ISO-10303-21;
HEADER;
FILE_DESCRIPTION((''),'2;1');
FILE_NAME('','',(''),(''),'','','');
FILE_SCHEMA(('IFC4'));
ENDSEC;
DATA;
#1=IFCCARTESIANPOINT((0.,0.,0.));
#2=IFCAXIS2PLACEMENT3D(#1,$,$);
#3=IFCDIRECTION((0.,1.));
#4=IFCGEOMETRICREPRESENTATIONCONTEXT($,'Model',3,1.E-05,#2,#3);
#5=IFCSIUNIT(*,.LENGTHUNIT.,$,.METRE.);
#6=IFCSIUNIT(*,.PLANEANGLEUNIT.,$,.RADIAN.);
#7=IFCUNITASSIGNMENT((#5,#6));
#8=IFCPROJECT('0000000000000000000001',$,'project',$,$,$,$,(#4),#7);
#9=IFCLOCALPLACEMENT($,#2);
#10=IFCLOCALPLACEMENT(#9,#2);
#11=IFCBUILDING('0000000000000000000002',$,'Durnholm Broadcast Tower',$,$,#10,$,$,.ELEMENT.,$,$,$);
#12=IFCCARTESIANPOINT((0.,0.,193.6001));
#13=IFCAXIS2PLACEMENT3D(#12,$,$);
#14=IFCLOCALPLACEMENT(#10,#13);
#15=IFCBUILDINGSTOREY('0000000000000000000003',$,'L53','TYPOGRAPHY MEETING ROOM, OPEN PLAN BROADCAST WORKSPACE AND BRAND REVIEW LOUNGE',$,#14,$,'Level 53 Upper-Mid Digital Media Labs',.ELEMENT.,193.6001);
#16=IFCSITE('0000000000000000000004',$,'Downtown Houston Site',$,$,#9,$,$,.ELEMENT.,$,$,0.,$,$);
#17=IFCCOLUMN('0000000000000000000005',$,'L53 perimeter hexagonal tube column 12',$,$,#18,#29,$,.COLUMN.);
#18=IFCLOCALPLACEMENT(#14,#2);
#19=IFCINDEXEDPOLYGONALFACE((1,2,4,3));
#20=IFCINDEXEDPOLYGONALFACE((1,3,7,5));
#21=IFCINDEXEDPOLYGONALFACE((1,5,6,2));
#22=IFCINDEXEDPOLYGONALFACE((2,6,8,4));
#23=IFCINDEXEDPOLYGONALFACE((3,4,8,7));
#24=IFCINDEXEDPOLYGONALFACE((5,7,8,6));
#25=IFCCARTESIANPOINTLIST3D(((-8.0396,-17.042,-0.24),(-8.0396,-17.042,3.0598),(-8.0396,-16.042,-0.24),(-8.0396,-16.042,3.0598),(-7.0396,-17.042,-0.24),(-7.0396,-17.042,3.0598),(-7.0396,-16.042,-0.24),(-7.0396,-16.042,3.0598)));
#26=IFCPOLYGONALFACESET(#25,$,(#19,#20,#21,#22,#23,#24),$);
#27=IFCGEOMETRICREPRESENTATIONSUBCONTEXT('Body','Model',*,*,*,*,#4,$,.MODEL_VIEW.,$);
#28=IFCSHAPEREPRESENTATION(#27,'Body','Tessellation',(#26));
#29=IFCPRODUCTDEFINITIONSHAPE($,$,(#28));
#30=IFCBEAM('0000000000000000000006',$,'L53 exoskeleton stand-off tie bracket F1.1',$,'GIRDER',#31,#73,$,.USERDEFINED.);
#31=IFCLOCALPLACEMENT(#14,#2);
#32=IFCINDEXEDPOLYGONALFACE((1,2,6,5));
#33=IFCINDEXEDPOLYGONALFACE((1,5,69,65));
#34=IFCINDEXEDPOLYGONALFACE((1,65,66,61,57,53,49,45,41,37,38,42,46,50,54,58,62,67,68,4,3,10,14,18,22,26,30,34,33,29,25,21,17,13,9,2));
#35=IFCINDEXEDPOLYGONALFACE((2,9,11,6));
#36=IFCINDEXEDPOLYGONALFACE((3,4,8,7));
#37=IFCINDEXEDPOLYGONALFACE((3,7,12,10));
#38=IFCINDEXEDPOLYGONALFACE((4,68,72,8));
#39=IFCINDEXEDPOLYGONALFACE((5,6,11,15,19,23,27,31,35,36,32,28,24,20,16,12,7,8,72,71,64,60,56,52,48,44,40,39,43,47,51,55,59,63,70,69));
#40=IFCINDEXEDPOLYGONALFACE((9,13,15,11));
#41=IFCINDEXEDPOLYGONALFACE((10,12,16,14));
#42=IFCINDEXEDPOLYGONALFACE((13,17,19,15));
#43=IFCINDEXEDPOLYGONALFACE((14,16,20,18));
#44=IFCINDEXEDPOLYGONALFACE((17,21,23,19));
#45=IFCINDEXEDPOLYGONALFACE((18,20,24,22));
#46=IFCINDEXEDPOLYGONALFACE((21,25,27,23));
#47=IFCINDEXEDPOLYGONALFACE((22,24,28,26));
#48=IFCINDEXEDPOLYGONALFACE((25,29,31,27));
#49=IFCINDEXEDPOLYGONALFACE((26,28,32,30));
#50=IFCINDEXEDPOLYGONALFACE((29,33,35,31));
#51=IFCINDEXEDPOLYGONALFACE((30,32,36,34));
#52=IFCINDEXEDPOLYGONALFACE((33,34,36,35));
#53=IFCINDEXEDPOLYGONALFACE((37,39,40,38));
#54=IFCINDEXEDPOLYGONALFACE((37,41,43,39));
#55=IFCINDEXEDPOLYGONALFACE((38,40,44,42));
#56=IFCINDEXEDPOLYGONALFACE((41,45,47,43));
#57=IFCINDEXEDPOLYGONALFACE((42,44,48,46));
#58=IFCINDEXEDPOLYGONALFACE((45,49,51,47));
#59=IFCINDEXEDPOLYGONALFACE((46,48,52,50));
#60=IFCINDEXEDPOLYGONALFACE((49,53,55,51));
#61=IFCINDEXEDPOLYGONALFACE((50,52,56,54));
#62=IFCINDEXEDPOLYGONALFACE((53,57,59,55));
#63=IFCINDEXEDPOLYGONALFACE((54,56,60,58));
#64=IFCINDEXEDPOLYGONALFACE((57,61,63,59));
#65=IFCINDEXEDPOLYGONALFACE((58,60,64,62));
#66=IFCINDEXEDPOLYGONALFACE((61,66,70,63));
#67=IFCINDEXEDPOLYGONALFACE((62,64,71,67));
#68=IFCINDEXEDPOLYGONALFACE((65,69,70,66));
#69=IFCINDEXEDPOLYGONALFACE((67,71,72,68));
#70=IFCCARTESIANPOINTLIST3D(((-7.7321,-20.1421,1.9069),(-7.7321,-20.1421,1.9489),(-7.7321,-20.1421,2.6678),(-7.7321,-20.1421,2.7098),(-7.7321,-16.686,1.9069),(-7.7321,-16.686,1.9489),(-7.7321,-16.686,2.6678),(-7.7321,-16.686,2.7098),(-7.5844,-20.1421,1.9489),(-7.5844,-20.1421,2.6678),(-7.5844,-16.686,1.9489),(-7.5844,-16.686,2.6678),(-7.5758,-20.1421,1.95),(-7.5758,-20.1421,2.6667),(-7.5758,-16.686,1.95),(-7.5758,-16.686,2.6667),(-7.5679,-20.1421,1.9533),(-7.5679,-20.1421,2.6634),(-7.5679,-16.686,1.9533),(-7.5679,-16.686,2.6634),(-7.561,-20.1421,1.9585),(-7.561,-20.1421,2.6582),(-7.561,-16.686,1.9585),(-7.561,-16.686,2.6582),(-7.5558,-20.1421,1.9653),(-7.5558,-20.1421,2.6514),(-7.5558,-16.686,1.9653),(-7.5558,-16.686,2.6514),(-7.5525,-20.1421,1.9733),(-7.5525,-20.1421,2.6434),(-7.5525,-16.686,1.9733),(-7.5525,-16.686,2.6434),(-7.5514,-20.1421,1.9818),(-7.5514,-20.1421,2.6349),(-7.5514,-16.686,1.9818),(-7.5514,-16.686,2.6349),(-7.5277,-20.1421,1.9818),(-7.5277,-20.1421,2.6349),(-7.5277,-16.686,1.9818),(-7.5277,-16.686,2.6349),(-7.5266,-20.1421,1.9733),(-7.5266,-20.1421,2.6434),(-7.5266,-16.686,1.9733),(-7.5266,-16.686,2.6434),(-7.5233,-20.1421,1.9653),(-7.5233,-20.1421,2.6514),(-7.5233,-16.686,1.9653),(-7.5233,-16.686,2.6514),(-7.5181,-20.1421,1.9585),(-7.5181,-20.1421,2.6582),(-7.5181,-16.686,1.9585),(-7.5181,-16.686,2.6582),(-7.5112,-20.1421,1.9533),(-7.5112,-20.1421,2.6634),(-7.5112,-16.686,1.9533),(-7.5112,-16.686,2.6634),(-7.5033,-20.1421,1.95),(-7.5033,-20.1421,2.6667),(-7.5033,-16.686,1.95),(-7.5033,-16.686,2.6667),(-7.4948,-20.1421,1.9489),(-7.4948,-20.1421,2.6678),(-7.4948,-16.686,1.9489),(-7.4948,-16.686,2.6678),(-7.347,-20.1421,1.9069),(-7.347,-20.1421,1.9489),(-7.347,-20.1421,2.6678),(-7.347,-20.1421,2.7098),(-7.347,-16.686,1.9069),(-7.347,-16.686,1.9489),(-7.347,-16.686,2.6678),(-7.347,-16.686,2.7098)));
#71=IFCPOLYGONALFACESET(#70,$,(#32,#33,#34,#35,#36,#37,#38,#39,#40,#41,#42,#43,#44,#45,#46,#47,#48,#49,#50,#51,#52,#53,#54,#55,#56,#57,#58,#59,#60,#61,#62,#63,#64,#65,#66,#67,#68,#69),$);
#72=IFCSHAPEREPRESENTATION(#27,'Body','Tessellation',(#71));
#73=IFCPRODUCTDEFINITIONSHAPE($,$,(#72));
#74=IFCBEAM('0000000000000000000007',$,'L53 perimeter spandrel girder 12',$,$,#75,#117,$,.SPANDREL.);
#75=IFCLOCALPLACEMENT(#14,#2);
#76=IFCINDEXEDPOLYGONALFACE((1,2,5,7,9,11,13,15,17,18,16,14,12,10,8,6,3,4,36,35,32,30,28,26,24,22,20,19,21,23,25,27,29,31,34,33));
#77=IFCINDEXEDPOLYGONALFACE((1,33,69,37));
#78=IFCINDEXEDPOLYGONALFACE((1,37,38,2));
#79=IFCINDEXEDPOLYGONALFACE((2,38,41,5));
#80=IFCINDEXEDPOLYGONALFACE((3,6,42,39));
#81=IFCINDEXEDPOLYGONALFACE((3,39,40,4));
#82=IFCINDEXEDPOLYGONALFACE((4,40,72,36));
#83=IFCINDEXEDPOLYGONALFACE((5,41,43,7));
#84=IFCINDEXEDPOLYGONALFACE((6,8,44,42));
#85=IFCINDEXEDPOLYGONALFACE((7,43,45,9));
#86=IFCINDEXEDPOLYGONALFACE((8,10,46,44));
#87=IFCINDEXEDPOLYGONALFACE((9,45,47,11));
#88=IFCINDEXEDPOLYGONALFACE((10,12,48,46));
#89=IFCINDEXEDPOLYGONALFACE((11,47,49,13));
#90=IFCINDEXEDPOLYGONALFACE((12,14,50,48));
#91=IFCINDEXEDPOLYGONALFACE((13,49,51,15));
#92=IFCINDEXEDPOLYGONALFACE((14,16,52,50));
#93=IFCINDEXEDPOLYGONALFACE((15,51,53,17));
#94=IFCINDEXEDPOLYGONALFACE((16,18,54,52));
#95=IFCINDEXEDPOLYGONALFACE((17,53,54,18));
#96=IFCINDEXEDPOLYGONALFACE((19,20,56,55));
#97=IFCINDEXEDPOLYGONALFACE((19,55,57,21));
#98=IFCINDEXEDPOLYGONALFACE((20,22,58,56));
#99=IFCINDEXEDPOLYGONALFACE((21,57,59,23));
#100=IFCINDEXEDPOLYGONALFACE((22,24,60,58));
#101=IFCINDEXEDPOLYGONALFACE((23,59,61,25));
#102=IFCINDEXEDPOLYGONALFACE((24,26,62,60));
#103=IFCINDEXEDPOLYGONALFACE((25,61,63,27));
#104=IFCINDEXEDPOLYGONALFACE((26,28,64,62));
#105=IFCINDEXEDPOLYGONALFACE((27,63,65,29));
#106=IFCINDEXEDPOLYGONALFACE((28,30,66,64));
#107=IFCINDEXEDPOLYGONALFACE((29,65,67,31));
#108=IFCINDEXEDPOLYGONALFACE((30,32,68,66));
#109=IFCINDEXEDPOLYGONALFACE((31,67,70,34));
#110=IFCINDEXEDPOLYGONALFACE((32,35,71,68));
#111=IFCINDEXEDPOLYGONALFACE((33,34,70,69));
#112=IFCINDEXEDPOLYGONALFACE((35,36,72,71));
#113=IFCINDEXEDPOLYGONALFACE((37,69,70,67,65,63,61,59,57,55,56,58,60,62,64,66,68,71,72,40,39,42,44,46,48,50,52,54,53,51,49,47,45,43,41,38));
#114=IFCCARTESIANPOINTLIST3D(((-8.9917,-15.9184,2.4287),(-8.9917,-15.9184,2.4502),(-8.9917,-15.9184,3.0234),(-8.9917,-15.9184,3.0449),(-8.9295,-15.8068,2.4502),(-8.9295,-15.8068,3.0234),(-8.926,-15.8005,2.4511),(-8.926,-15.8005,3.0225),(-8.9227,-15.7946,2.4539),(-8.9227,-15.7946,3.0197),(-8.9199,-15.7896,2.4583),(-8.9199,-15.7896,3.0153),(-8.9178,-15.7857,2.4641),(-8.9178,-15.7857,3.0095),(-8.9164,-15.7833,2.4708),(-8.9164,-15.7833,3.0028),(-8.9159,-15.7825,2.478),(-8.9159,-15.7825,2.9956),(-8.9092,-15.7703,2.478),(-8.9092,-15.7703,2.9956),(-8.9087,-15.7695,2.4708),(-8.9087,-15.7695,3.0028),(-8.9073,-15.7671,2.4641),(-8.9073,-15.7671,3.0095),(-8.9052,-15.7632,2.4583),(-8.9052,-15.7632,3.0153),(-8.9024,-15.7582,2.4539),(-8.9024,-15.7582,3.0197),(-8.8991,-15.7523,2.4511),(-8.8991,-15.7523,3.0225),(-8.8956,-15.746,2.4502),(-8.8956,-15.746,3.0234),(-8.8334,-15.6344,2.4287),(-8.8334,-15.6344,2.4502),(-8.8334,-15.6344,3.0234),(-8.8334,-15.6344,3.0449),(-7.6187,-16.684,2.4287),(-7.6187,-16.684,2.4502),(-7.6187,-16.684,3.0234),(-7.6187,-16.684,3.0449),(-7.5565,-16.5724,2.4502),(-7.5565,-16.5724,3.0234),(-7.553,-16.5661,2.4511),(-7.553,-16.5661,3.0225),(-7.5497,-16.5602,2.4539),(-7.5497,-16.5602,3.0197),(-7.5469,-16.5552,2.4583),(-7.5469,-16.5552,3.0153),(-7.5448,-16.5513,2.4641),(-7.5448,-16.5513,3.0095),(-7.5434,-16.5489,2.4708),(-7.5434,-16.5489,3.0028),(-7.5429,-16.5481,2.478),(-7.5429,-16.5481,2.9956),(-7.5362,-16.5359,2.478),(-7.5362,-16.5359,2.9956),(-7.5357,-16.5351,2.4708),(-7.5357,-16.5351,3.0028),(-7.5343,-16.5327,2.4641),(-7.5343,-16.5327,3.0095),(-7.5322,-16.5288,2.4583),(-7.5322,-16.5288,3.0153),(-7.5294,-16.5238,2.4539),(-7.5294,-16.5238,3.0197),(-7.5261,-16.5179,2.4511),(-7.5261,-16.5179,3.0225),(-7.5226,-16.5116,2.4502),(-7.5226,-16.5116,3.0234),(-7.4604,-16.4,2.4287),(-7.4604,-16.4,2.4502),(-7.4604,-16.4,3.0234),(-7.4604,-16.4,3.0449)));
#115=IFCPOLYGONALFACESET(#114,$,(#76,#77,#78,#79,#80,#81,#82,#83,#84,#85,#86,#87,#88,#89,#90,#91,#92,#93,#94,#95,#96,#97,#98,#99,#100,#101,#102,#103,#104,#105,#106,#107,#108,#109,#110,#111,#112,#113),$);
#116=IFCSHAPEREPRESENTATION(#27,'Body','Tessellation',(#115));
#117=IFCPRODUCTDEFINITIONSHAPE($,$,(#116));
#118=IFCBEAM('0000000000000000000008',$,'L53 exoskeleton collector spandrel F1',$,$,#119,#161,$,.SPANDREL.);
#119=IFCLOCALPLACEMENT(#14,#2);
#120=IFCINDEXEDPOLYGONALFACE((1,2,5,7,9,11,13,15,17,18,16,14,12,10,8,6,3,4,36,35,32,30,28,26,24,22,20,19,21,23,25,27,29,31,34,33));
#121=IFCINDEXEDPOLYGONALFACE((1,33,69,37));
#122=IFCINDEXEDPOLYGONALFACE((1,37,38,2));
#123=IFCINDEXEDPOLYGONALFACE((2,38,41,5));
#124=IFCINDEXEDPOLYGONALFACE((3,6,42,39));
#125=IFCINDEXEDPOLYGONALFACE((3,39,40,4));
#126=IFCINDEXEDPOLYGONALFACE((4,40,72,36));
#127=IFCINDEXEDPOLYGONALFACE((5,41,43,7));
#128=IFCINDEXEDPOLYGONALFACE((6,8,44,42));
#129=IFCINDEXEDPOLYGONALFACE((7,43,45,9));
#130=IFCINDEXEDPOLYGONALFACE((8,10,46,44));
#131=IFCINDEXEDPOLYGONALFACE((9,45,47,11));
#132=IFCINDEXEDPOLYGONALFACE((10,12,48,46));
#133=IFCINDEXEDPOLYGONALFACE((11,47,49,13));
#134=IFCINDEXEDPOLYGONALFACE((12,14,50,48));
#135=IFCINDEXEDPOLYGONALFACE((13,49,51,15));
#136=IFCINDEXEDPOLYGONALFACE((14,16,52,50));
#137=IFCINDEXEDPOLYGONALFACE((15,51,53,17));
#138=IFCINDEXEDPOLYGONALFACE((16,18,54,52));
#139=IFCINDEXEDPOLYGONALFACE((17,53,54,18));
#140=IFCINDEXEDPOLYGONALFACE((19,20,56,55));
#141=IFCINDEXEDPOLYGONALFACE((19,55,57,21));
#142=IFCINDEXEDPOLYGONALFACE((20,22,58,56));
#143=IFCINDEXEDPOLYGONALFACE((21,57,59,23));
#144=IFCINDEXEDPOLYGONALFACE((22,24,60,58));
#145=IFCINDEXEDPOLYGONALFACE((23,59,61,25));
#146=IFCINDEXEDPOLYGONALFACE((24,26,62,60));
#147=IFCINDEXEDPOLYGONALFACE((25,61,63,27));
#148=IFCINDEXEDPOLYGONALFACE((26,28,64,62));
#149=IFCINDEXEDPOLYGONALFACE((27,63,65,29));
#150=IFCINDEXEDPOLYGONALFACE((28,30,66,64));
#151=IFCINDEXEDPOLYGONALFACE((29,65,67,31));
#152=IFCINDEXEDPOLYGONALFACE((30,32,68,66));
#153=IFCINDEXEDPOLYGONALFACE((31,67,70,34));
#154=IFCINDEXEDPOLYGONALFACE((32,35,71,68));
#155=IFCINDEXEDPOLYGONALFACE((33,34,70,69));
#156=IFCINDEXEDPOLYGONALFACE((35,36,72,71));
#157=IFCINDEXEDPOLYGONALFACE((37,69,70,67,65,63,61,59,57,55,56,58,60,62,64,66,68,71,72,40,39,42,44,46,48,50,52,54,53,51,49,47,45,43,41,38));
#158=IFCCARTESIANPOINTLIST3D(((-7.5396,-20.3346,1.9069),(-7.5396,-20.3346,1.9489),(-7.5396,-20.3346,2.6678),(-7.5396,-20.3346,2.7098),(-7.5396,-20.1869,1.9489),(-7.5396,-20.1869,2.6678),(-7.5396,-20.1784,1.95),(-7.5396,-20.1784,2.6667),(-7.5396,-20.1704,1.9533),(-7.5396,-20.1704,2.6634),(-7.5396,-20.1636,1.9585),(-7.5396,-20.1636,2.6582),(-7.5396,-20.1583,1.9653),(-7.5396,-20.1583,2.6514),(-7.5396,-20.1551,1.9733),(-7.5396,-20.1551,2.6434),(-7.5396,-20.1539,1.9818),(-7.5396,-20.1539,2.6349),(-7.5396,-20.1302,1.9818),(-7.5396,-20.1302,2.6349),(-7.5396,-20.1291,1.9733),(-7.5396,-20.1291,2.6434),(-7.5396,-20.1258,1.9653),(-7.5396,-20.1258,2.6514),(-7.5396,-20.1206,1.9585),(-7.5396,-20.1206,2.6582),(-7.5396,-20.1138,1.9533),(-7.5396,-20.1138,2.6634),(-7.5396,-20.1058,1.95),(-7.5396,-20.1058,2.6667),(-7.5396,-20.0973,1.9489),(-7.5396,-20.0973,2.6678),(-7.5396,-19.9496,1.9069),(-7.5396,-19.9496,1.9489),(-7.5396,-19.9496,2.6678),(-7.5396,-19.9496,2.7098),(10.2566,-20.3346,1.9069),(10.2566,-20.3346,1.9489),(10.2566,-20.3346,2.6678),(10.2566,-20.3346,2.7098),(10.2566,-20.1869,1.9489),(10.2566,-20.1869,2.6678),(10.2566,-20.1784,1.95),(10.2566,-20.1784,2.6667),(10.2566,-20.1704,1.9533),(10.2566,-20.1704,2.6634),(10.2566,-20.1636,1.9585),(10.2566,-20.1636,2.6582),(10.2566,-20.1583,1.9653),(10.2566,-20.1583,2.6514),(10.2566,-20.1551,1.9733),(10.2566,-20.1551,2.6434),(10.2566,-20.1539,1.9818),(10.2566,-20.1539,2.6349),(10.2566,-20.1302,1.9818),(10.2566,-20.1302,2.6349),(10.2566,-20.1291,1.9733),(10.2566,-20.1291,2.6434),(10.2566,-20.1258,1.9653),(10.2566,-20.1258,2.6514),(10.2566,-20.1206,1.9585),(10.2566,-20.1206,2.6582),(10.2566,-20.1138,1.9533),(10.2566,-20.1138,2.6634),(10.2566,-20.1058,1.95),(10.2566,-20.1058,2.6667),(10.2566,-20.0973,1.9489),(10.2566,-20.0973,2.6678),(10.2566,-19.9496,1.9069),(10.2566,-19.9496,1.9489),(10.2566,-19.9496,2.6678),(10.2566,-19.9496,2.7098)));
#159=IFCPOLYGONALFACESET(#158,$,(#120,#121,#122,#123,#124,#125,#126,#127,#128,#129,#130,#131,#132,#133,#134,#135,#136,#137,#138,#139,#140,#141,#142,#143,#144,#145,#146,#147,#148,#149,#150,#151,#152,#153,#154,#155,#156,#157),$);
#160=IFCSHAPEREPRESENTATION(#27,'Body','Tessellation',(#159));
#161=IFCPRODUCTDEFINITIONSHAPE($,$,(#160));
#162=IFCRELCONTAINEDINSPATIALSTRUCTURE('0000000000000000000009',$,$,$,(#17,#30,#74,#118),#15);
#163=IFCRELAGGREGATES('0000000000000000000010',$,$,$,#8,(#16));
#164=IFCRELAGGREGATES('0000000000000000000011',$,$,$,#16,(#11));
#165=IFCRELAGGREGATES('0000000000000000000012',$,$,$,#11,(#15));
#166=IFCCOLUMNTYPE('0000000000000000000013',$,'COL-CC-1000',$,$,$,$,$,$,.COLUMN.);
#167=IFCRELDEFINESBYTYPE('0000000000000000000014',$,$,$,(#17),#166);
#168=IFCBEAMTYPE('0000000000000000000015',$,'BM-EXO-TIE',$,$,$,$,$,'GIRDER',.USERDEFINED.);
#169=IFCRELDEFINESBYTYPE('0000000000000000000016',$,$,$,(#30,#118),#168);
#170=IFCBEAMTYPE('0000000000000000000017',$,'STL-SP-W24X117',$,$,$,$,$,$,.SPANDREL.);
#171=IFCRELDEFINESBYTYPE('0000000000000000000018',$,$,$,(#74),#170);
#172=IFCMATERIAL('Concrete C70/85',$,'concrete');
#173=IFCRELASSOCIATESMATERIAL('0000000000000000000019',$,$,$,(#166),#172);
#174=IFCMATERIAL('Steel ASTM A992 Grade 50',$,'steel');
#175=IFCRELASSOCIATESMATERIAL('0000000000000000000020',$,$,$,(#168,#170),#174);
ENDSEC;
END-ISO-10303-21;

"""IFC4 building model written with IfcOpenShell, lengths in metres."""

from ifc_helpers import new_model, si_unit, direction, frame, origin, origin_2d, place, context, subcontext, project, spatial, rectangle, i_section, extrude, source, transform, mapped, material, material_profile, profile_set, type_object, type_shapes, element, save


model = new_model("IFC4")

# Units and contexts
model_context = context("Model", 3, precision=1e-05, world=origin(), true_north=direction((0.0, 1.0)))
body_context = subcontext(model_context, "Body", "Model", "MODEL_VIEW")
ifc_project = project(units=[si_unit("LENGTHUNIT", "METRE"), si_unit("PLANEANGLEUNIT", "RADIAN")], contexts=[model_context])

# Site, building, storey
site_placement = place(None, origin())
site = spatial("IfcSite", under=ifc_project, at=site_placement, Name="Downtown Houston Site", CompositionType="ELEMENT", RefElevation=0.0)
building_placement = place(site_placement, origin())
building = spatial("IfcBuilding", under=site, at=building_placement, Name="Durnholm Broadcast Tower", CompositionType="ELEMENT")
storey_placement = place(building_placement, frame((0.0, 0.0, 193.6001)))
storey = spatial("IfcBuildingStorey", under=building, at=storey_placement, Name="L53", Description="TYPOGRAPHY MEETING ROOM, OPEN PLAN BROADCAST WORKSPACE AND BRAND REVIEW LOUNGE", LongName="Level 53 Upper-Mid Digital Media Labs", CompositionType="ELEMENT", Elevation=193.6001)

# Column
ifc_material_1 = material(Name="Concrete C70/85", Category="concrete")
ifc_material_profile_1 = material_profile(ifc_material_1, rectangle(XDim=1.0, YDim=1.0, at=origin_2d()), Name="RC1000X1000")
ifc_profile_set_1 = profile_set([ifc_material_profile_1], Name="Concrete C70/85")
column_type = type_object("IfcColumnType", Name="COL-CC-1000", PredefinedType="COLUMN", material=ifc_profile_set_1)
shared_shape_1 = source(origin(), body_context, "Body", "SweptSolid", [
    extrude(rectangle(XDim=1.0, YDim=1.0, at=origin_2d()), origin(), (0.0, 0.0, 1.0), 3.2998),
])
type_shapes(column_type, [shared_shape_1])
column_placement = place(storey_placement, frame((-7.5396, -16.542, -0.24), z_axis=(0.0, 0.0, 1.0), x_axis=(1.0, 0.0, 0.0)))
element("IfcColumn", 1, at=column_placement, inside=storey, type_object=column_type, Name="L53 perimeter hexagonal tube column 12", PredefinedType="COLUMN", context=body_context, shape_type="MappedRepresentation", body=[
    mapped(shared_shape_1, transform((0.0, 0.0, 0.0), x_axis=(1.0, 0.0, 0.0), y_axis=(0.0, 1.0, 0.0), z_axis=(0.0, 0.0, 1.0), scale=1.0)),
])

# Beams
ifc_material_2 = material(Name="Steel ASTM A992 Grade 50", Category="steel")
ifc_material_profile_2 = material_profile(ifc_material_2, i_section(OverallWidth=0.385, OverallDepth=0.803, WebThickness=0.0237, FlangeThickness=0.042, FilletRadius=0.033, at=origin_2d()), Name="W30X261")
ifc_profile_set_2 = profile_set([ifc_material_profile_2], Name="Steel ASTM A992 Grade 50")
beam_type_1 = type_object("IfcBeamType", Name="BM-EXO-TIE", ElementType="GIRDER", PredefinedType="USERDEFINED", material=ifc_profile_set_2)
shared_shape_2 = source(origin(), body_context, "Body", "SweptSolid", [
    extrude(i_section(OverallWidth=0.385, OverallDepth=0.803, WebThickness=0.0237, FlangeThickness=0.042, FilletRadius=0.033, at=origin_2d()), origin(), (0.0, 0.0, 1.0), 3.4561),
])
beam_1_placement = place(storey_placement, frame((-7.5396, -16.686, 2.3083), z_axis=(0.0, -1.0, 0.0), x_axis=(1.0, 0.0, 0.0)))
element("IfcBeam", 2, at=beam_1_placement, inside=storey, type_object=beam_type_1, Name="L53 exoskeleton stand-off tie bracket F1.1", ObjectType="GIRDER", PredefinedType="USERDEFINED", context=body_context, shape_type="MappedRepresentation", body=[
    mapped(shared_shape_2, transform((0.0, 0.0, 0.0), x_axis=(1.0, 0.0, 0.0), y_axis=(0.0, 1.0, 0.0), z_axis=(0.0, 0.0, 1.0), scale=1.0)),
])
ifc_material_profile_3 = material_profile(ifc_material_2, i_section(OverallWidth=0.3252, OverallDepth=0.6162, WebThickness=0.0139, FlangeThickness=0.0215, FilletRadius=0.0278, at=origin_2d()), Name="W24X117")
ifc_profile_set_3 = profile_set([ifc_material_profile_3], Name="Steel ASTM A992 Grade 50")
beam_type_2 = type_object("IfcBeamType", Name="STL-SP-W24X117", PredefinedType="SPANDREL", material=ifc_profile_set_3)
shared_shape_3 = source(origin(), body_context, "Body", "SweptSolid", [
    extrude(i_section(OverallWidth=0.3252, OverallDepth=0.6162, WebThickness=0.0139, FlangeThickness=0.0215, FilletRadius=0.0278, at=origin_2d()), origin(), (0.0, 0.0, 1.0), 1.572),
])
type_shapes(beam_type_2, [shared_shape_3])
beam_2_placement = place(storey_placement, frame((-7.5396, -16.542, 2.7368), z_axis=(-0.873394, 0.487014, 0.0), x_axis=(-0.487014, -0.873394, 0.0)))
element("IfcBeam", 3, at=beam_2_placement, inside=storey, type_object=beam_type_2, Name="L53 perimeter spandrel girder 12", PredefinedType="SPANDREL", context=body_context, shape_type="MappedRepresentation", body=[
    mapped(shared_shape_3, transform((0.0, 0.0, 0.0), x_axis=(1.0, 0.0, 0.0), y_axis=(0.0, 1.0, 0.0), z_axis=(0.0, 0.0, 1.0), scale=1.0)),
])
shared_shape_4 = source(origin(), body_context, "Body", "SweptSolid", [
    extrude(i_section(OverallWidth=0.385, OverallDepth=0.803, WebThickness=0.0237, FlangeThickness=0.042, FilletRadius=0.033, at=origin_2d()), origin(), (0.0, 0.0, 1.0), 17.7961),
])
type_shapes(beam_type_1, [shared_shape_2, shared_shape_4])
beam_3_placement = place(storey_placement, frame((-7.5396, -20.1421, 2.3083), z_axis=(1.0, 0.0, 0.0), x_axis=(0.0, 1.0, 0.0)))
element("IfcBeam", 4, at=beam_3_placement, inside=storey, type_object=beam_type_1, Name="L53 exoskeleton collector spandrel F1", PredefinedType="SPANDREL", context=body_context, shape_type="MappedRepresentation", body=[
    mapped(shared_shape_4, transform((0.0, 0.0, 0.0), x_axis=(1.0, 0.0, 0.0), y_axis=(0.0, 1.0, 0.0), z_axis=(0.0, 0.0, 1.0), scale=1.0)),
])

save(model, "model.ifc")
